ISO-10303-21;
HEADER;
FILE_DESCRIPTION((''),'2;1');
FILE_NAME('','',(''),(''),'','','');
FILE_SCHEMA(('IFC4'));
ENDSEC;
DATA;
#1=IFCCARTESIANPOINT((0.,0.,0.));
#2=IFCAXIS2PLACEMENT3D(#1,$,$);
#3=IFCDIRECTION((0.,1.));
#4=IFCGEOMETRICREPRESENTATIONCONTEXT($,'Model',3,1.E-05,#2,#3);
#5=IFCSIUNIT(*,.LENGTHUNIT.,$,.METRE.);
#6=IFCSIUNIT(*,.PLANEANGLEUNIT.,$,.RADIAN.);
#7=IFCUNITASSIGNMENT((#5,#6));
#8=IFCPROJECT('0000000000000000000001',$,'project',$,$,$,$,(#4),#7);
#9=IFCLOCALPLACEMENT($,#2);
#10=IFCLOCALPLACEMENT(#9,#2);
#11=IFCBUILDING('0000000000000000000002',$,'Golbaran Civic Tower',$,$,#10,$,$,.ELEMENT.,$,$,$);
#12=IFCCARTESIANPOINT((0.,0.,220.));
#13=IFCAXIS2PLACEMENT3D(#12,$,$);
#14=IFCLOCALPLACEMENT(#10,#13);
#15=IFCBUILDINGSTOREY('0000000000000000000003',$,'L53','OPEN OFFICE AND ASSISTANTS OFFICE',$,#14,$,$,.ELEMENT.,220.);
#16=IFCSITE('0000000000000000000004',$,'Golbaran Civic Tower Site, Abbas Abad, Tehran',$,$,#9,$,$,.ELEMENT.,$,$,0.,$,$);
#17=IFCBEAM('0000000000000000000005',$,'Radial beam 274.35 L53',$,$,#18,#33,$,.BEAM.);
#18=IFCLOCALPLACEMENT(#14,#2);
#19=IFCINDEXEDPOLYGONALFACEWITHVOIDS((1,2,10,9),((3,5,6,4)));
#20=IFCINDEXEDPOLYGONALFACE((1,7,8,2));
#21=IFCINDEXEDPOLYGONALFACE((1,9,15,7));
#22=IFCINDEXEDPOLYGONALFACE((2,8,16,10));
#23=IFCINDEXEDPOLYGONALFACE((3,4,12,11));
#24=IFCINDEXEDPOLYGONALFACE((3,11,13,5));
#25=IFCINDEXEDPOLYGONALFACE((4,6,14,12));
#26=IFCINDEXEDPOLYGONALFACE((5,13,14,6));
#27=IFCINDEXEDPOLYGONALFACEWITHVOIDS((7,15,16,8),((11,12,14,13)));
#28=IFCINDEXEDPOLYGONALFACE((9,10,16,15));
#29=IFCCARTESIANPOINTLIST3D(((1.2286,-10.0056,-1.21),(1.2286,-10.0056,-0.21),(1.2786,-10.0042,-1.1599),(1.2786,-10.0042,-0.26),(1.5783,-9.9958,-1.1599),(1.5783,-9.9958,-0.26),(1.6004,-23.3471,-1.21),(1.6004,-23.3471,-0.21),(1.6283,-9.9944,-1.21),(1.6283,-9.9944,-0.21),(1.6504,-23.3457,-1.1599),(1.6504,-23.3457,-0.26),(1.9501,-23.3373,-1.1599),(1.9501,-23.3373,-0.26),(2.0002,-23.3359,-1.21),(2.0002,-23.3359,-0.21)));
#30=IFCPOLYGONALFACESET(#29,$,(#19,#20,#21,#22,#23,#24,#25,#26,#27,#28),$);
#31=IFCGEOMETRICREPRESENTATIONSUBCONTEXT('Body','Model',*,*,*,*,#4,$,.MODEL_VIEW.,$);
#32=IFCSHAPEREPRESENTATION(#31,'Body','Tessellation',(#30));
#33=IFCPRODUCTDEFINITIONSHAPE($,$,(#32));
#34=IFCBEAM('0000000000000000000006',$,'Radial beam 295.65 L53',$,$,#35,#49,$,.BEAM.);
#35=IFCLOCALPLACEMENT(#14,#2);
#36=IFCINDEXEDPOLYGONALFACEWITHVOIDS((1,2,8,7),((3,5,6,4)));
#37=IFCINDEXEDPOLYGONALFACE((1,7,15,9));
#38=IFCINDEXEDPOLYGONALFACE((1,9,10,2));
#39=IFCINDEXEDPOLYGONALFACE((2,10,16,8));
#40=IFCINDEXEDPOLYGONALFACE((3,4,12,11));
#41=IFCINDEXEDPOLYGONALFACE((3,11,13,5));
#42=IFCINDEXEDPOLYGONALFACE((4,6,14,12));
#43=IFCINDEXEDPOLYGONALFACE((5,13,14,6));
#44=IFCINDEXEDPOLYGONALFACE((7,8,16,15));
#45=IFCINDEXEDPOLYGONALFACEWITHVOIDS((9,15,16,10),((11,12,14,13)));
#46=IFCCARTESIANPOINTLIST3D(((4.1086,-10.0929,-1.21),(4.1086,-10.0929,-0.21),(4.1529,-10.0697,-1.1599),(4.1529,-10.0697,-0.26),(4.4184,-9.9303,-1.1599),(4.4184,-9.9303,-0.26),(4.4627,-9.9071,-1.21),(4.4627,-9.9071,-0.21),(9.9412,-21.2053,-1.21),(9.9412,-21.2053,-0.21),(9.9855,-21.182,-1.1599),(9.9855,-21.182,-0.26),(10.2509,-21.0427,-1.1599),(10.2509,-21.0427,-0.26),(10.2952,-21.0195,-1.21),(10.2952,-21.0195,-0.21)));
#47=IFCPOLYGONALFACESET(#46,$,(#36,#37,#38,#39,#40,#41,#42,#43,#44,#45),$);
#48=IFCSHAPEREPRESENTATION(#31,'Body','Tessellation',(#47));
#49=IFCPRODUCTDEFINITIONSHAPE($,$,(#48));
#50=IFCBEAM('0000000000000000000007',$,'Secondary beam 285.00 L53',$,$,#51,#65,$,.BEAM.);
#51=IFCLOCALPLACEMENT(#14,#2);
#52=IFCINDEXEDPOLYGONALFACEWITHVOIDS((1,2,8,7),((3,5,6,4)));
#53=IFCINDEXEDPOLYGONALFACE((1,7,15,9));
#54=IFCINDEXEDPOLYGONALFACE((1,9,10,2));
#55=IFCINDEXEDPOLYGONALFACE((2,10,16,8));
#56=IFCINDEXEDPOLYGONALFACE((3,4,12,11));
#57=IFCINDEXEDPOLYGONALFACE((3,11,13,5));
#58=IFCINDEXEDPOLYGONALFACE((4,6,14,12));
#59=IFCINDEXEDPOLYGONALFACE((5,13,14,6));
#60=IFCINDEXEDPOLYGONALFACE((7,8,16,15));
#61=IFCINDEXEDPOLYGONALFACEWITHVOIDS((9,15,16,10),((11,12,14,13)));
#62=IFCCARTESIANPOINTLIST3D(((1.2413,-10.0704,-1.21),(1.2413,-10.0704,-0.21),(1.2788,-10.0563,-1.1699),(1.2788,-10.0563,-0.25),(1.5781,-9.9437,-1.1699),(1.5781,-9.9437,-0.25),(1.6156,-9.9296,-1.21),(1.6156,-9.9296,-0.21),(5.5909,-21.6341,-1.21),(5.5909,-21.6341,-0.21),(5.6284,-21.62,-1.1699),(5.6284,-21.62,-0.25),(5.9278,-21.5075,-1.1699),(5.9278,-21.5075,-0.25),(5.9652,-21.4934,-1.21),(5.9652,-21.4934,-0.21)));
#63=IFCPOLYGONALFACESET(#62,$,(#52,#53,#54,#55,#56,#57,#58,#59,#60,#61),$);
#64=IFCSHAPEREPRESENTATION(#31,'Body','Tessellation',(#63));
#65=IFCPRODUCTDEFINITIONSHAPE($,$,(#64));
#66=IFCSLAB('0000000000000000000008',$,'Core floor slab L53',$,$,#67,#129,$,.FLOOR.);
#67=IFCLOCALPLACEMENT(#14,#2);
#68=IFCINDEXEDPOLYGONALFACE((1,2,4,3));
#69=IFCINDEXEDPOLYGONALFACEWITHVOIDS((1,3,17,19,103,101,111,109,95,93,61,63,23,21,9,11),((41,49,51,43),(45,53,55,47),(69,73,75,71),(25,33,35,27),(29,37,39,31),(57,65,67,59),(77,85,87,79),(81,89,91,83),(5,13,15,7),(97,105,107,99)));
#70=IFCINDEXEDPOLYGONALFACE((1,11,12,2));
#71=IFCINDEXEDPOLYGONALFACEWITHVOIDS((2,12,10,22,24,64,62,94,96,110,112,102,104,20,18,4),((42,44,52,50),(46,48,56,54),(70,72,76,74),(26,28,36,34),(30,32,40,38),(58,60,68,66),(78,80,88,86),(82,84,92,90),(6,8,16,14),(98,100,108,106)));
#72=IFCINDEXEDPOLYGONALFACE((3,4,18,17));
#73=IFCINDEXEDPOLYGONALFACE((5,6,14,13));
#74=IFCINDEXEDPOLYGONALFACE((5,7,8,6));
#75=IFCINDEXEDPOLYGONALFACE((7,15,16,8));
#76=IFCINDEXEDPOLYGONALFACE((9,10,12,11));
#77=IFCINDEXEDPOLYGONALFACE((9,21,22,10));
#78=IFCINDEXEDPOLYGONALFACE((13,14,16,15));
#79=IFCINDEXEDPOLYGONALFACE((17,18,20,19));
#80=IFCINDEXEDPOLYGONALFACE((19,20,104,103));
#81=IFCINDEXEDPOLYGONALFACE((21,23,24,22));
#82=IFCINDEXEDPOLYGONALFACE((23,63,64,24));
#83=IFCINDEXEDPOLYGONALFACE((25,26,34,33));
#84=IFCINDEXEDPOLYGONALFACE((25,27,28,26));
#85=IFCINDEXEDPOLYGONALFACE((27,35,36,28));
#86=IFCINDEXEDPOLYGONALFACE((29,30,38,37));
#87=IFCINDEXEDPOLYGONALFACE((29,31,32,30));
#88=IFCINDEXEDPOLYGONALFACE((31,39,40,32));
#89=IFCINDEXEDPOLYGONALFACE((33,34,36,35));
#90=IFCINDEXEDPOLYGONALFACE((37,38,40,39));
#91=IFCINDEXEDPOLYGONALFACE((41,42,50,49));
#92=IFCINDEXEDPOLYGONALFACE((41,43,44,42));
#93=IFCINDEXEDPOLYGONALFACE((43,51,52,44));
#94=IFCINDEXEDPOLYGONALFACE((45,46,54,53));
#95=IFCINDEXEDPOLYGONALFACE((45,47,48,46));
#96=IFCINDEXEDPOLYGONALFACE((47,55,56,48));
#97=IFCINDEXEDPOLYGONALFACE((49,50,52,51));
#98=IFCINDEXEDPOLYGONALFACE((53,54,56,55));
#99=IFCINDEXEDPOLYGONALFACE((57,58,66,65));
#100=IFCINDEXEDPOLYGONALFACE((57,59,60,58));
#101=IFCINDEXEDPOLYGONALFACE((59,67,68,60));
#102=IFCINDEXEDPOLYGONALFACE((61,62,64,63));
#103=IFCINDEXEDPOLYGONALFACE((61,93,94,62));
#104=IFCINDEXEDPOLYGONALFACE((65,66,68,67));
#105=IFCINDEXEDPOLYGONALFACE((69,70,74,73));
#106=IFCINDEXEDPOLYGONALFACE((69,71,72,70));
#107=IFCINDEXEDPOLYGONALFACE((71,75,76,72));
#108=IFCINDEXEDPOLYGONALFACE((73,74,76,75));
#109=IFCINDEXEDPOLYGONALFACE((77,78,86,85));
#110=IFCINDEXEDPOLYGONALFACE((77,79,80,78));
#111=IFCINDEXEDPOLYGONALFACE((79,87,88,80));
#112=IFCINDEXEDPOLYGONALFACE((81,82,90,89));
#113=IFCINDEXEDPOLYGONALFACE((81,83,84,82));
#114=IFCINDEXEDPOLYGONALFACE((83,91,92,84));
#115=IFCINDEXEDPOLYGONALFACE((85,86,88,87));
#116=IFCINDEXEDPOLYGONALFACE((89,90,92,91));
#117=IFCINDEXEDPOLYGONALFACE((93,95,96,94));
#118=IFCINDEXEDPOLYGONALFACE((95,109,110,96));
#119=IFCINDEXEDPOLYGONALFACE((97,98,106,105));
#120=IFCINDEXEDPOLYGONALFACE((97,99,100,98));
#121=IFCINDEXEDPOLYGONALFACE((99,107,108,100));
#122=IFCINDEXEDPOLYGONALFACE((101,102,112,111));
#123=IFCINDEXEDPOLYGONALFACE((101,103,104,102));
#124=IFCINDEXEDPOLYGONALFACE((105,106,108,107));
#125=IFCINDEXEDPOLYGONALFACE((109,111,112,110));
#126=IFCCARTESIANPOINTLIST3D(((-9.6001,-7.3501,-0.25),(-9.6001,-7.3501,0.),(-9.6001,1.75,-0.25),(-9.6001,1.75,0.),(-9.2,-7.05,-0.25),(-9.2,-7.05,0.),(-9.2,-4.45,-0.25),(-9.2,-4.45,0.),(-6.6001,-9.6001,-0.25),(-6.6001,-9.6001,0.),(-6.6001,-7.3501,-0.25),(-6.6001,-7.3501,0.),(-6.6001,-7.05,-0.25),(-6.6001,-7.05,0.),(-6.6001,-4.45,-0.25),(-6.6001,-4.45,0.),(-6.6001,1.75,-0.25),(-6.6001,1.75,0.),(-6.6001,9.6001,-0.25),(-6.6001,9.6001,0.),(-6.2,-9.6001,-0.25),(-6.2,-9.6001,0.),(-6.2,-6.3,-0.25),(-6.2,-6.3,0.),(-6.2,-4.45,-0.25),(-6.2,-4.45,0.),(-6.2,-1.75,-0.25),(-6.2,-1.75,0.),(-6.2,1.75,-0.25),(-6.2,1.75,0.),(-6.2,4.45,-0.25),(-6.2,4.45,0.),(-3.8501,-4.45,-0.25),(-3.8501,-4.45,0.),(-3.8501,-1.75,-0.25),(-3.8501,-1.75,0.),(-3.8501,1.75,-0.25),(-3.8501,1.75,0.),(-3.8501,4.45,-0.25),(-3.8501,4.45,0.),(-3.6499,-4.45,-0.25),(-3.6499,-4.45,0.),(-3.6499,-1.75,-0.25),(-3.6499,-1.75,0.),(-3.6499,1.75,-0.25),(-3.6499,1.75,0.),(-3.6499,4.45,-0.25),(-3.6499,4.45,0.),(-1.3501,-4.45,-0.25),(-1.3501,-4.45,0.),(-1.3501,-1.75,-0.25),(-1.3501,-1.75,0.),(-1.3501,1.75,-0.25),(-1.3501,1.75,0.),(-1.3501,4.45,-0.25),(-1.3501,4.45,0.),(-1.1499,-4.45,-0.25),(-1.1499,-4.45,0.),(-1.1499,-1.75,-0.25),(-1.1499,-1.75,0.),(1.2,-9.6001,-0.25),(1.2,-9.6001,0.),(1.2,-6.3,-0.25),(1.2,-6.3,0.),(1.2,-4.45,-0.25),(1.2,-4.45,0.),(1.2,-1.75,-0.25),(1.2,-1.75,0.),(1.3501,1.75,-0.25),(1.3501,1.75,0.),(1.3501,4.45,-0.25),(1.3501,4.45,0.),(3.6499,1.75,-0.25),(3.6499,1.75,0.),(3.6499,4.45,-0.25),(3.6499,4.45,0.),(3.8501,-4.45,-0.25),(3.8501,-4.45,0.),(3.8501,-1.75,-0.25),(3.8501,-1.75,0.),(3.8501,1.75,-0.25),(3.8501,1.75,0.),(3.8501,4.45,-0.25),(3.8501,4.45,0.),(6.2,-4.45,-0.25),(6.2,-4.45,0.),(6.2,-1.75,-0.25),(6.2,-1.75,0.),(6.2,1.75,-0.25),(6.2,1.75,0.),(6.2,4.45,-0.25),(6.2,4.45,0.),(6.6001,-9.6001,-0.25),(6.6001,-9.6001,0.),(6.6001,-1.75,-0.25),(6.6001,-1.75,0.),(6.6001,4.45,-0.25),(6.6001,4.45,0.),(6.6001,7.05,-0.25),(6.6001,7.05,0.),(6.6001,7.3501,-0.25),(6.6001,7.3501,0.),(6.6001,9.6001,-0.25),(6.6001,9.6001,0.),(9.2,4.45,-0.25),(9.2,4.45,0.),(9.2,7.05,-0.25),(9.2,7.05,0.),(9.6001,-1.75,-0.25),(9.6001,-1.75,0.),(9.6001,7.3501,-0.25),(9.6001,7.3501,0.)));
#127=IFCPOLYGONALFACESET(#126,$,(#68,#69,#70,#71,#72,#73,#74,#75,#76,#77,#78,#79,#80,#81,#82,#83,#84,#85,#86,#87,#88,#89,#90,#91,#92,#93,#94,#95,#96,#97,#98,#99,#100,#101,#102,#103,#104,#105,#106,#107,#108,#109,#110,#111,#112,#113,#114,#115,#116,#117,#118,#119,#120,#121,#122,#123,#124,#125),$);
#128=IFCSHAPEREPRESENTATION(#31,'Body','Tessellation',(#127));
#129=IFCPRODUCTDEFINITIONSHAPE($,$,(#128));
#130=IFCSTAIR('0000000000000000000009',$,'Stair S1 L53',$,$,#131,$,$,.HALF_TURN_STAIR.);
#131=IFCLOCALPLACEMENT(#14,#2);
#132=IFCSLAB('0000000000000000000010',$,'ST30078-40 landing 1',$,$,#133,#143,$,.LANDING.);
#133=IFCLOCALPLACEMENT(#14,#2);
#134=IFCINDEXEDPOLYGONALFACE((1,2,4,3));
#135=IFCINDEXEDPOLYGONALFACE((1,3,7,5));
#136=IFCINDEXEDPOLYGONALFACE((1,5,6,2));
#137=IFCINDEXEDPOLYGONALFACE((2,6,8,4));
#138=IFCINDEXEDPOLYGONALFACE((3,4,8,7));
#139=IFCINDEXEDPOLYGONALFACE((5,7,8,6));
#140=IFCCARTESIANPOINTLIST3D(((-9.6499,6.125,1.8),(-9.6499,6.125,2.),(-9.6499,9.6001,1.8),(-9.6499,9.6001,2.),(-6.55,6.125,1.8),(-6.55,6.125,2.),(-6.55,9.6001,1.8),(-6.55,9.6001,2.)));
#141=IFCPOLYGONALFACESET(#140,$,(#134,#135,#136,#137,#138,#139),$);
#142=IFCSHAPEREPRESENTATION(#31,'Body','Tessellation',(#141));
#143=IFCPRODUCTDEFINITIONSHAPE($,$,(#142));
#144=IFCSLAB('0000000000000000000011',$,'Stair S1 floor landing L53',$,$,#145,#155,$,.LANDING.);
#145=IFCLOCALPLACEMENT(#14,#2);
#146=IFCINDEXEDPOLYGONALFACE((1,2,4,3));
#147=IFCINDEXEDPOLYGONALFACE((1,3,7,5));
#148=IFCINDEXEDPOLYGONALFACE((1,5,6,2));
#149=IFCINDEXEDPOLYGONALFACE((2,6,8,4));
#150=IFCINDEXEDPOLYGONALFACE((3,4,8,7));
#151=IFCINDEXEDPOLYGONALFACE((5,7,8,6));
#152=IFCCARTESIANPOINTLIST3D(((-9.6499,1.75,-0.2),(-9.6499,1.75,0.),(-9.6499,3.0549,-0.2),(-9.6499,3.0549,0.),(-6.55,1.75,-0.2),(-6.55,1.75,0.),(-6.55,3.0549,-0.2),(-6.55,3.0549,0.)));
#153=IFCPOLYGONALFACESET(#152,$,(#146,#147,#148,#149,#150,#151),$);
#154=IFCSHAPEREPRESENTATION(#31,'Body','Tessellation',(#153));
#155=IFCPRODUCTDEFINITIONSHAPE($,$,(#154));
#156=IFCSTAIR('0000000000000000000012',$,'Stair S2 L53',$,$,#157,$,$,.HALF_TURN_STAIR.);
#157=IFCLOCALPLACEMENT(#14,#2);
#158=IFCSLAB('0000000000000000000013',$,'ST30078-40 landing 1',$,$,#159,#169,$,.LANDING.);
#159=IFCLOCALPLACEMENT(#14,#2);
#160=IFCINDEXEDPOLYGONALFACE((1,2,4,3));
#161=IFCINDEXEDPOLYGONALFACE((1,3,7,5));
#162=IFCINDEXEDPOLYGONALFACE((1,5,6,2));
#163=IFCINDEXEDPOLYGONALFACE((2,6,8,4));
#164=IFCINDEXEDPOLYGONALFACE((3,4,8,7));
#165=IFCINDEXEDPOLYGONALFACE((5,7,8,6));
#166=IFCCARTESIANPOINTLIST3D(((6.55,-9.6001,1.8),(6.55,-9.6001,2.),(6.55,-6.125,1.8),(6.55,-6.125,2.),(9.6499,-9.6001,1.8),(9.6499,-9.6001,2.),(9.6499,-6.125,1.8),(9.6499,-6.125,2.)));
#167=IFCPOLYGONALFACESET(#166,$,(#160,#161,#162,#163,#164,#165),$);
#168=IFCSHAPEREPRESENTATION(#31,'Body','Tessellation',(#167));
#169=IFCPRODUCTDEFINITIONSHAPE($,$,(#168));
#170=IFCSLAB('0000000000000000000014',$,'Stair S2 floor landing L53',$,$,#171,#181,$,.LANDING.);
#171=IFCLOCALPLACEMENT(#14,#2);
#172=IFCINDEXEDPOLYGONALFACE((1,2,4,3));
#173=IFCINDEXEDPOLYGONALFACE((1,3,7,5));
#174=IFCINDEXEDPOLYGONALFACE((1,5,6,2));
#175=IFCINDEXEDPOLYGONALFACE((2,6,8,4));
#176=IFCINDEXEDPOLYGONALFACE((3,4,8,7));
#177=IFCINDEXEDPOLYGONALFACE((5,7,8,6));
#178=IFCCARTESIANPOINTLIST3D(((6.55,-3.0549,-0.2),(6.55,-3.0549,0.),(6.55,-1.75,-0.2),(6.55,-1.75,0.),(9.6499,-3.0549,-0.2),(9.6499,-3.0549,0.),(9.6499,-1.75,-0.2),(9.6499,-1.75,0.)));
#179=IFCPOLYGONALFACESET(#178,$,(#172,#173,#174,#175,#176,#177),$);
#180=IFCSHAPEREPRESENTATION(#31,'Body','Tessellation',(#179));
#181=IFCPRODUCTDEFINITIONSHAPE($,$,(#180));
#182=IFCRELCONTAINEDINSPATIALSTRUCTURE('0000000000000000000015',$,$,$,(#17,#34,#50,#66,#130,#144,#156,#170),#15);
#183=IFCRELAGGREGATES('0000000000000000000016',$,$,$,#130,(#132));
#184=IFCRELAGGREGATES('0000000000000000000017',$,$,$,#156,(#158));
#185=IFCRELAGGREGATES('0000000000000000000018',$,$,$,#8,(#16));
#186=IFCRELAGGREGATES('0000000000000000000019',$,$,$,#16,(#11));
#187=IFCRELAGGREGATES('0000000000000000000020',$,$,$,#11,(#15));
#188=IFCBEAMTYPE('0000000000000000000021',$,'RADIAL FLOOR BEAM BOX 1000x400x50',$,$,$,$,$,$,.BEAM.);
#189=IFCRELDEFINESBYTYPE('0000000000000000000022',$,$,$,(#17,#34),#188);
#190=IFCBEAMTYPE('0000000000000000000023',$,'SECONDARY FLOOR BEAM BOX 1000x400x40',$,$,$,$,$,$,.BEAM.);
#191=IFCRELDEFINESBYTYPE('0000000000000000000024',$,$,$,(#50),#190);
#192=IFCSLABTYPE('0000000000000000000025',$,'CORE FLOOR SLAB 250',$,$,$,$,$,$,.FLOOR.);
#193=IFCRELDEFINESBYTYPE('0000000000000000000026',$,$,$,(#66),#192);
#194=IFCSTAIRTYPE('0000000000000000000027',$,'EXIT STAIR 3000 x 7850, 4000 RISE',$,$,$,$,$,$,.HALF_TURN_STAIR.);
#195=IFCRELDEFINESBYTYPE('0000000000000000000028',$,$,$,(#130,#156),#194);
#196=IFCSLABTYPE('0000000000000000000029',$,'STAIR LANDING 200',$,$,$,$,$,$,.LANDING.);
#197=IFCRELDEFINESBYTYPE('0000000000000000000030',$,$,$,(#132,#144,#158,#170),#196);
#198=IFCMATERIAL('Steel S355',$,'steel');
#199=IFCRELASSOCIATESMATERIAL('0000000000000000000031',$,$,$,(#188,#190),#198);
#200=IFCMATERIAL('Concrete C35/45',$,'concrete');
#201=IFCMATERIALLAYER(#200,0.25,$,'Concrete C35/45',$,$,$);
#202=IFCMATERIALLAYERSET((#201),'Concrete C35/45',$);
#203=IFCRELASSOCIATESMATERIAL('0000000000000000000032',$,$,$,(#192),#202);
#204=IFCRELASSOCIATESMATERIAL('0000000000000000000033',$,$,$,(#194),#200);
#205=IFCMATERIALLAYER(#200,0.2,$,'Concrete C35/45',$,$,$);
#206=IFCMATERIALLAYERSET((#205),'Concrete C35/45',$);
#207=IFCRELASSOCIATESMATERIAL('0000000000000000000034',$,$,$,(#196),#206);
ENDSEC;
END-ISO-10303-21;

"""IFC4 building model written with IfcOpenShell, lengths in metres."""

from ifc_helpers import new_model, si_unit, direction, frame, origin, origin_2d, place, context, subcontext, project, spatial, polyline, hollow_rectangle, outline, extrude, material, layer, layer_set, material_profile, profile_set, type_object, element, aggregate, save


model = new_model("IFC4")

# Units and contexts
model_context = context("Model", 3, precision=1e-05, world=origin(), true_north=direction((0.0, 1.0)))
body_context = subcontext(model_context, "Body", "Model", "MODEL_VIEW")
ifc_project = project(units=[si_unit("LENGTHUNIT", "METRE"), si_unit("PLANEANGLEUNIT", "RADIAN")], contexts=[model_context])

# Site, building, storey
site_placement = place(None, origin())
site = spatial("IfcSite", under=ifc_project, at=site_placement, Name="Golbaran Civic Tower Site, Abbas Abad, Tehran", CompositionType="ELEMENT", RefElevation=0.0)
building_placement = place(site_placement, origin())
building = spatial("IfcBuilding", under=site, at=building_placement, Name="Golbaran Civic Tower", CompositionType="ELEMENT")
storey_placement = place(building_placement, frame((0.0, 0.0, 220.0)))
storey = spatial("IfcBuildingStorey", under=building, at=storey_placement, Name="L53", Description="OPEN OFFICE AND ASSISTANTS OFFICE", CompositionType="ELEMENT", Elevation=220.0)

# Beams
ifc_material_1 = material(Name="Steel S355", Category="steel")
ifc_material_profile_1 = material_profile(ifc_material_1, hollow_rectangle(XDim=0.3999, YDim=1.0, WallThickness=0.05, at=origin_2d()), Name="BOX 1000x400x50")
ifc_profile_set_1 = profile_set([ifc_material_profile_1], Name="Steel S355")
beam_type_1 = type_object("IfcBeamType", Name="RADIAL FLOOR BEAM BOX 1000x400x50", PredefinedType="BEAM", material=ifc_profile_set_1)
beam_1_placement = place(storey_placement, frame((1.4285, -10.0, -0.71), z_axis=(0.027859, -0.999612, 0.0), x_axis=(0.999612, 0.027859, 0.0)))
element("IfcBeam", 1, at=beam_1_placement, inside=storey, type_object=beam_type_1, Name="Radial beam 274.35 L53", PredefinedType="BEAM", context=body_context, shape_type="SweptSolid", body=[
    extrude(hollow_rectangle(XDim=0.3999, YDim=1.0, WallThickness=0.05, at=origin_2d()), origin(), (0.0, 0.0, 1.0), 13.3467),
])
beam_2_placement = place(storey_placement, frame((4.2856, -10.0, -0.71), z_axis=(0.464744, -0.885445, 0.0), x_axis=(0.885445, 0.464744, 0.0)))
element("IfcBeam", 2, at=beam_2_placement, inside=storey, type_object=beam_type_1, Name="Radial beam 295.65 L53", PredefinedType="BEAM", context=body_context, shape_type="SweptSolid", body=[
    extrude(hollow_rectangle(XDim=0.3999, YDim=1.0, WallThickness=0.05, at=origin_2d()), origin(), (0.0, 0.0, 1.0), 12.55),
])
ifc_material_profile_2 = material_profile(ifc_material_1, hollow_rectangle(XDim=0.3999, YDim=1.0, WallThickness=0.04, at=origin_2d()), Name="BOX 1000x400x40")
ifc_profile_set_2 = profile_set([ifc_material_profile_2], Name="Steel S355")
beam_type_2 = type_object("IfcBeamType", Name="SECONDARY FLOOR BEAM BOX 1000x400x40", PredefinedType="BEAM", material=ifc_profile_set_2)
beam_3_placement = place(storey_placement, frame((1.4285, -10.0, -0.71), z_axis=(0.352061, -0.935977, 0.0), x_axis=(0.935977, 0.352061, 0.0)))
element("IfcBeam", 3, at=beam_3_placement, inside=storey, type_object=beam_type_2, Name="Secondary beam 285.00 L53", PredefinedType="BEAM", context=body_context, shape_type="SweptSolid", body=[
    extrude(hollow_rectangle(XDim=0.3999, YDim=1.0, WallThickness=0.04, at=origin_2d()), origin(), (0.0, 0.0, 1.0), 12.3547),
])

# Slab
ifc_material_2 = material(Name="Concrete C35/45", Category="concrete")
ifc_layer_1 = layer(ifc_material_2, 0.25, Name="Concrete C35/45")
ifc_layer_set_1 = layer_set([ifc_layer_1], Name="Concrete C35/45")
slab_type_1 = type_object("IfcSlabType", Name="CORE FLOOR SLAB 250", PredefinedType="FLOOR", material=ifc_layer_set_1)
slab_1_placement = place(storey_placement, frame((0.0, 0.0, -0.25)))
element("IfcSlab", 4, at=slab_1_placement, inside=storey, type_object=slab_type_1, Name="Core floor slab L53", PredefinedType="FLOOR", context=body_context, shape_type="SweptSolid", body=[
    extrude(outline(polyline([(6.6001, -1.75), (6.6001, -9.6001), (1.2, -9.6001), (1.2, -6.3), (-6.2, -6.3), (-6.2, -9.6001), (-6.6001, -9.6001), (-6.6001, -7.3501), (-9.6001, -7.3501), (-9.6001, 1.75), (-6.6001, 1.75), (-6.6001, 9.6001), (6.6001, 9.6001), (6.6001, 7.3501), (9.6001, 7.3501), (9.6001, -1.75), (6.6001, -1.75)]), holes=[polyline([(9.2, 7.05), (6.6001, 7.05), (6.6001, 4.45), (9.2, 4.45), (9.2, 7.05)]), polyline([(6.2, -1.75), (3.8501, -1.75), (3.8501, -4.45), (6.2, -4.45), (6.2, -1.75)]), polyline([(6.2, 4.45), (3.8501, 4.45), (3.8501, 1.75), (6.2, 1.75), (6.2, 4.45)]), polyline([(3.6499, 4.45), (1.3501, 4.45), (1.3501, 1.75), (3.6499, 1.75), (3.6499, 4.45)]), polyline([(1.2, -1.75), (-1.1499, -1.75), (-1.1499, -4.45), (1.2, -4.45), (1.2, -1.75)]), polyline([(-1.3501, 4.45), (-3.6499, 4.45), (-3.6499, 1.75), (-1.3501, 1.75), (-1.3501, 4.45)]), polyline([(-1.3501, -1.75), (-3.6499, -1.75), (-3.6499, -4.45), (-1.3501, -4.45), (-1.3501, -1.75)]), polyline([(-3.8501, -1.75), (-6.2, -1.75), (-6.2, -4.45), (-3.8501, -4.45), (-3.8501, -1.75)]), polyline([(-3.8501, 4.45), (-6.2, 4.45), (-6.2, 1.75), (-3.8501, 1.75), (-3.8501, 4.45)]), polyline([(-6.6001, -4.45), (-9.2, -4.45), (-9.2, -7.05), (-6.6001, -7.05), (-6.6001, -4.45)])]), origin(), (0.0, 0.0, 1.0), 0.25),
])

# Stair, slab
stair_type = type_object("IfcStairType", Name="EXIT STAIR 3000 x 7850, 4000 RISE", PredefinedType="HALF_TURN_STAIR", material=ifc_material_2)
stair_1_placement = place(storey_placement, origin())
stair_1 = element("IfcStair", 5, at=stair_1_placement, inside=storey, type_object=stair_type, Name="Stair S1 L53", PredefinedType="HALF_TURN_STAIR")
ifc_layer_2 = layer(ifc_material_2, 0.2, Name="Concrete C35/45")
ifc_layer_set_2 = layer_set([ifc_layer_2], Name="Concrete C35/45")
slab_type_2 = type_object("IfcSlabType", Name="STAIR LANDING 200", PredefinedType="LANDING", material=ifc_layer_set_2)
slab_2_placement = place(storey_placement, frame((0.0, 0.0, 1.8)))
slab_2 = element("IfcSlab", 6, at=slab_2_placement, type_object=slab_type_2, Name="ST30078-40 landing 1", PredefinedType="LANDING", context=body_context, shape_type="SweptSolid", body=[
    extrude(outline(polyline([(-9.6499, 6.125), (-9.6499, 9.6001), (-6.55, 9.6001), (-6.55, 6.125), (-9.6499, 6.125)])), origin(), (0.0, 0.0, 1.0), 0.2),
])
aggregate(stair_1, [slab_2])

# Slab
slab_3_placement = place(storey_placement, frame((0.0, 0.0, -0.2)))
element("IfcSlab", 7, at=slab_3_placement, inside=storey, type_object=slab_type_2, Name="Stair S1 floor landing L53", PredefinedType="LANDING", context=body_context, shape_type="SweptSolid", body=[
    extrude(outline(polyline([(-9.6499, 1.75), (-9.6499, 3.0549), (-6.55, 3.0549), (-6.55, 1.75), (-9.6499, 1.75)])), origin(), (0.0, 0.0, 1.0), 0.2),
])

# Stair, slab
stair_2_placement = place(storey_placement, origin())
stair_2 = element("IfcStair", 8, at=stair_2_placement, inside=storey, type_object=stair_type, Name="Stair S2 L53", PredefinedType="HALF_TURN_STAIR")
slab_4_placement = place(storey_placement, frame((0.0, 0.0, 1.8)))
slab_4 = element("IfcSlab", 9, at=slab_4_placement, type_object=slab_type_2, Name="ST30078-40 landing 1", PredefinedType="LANDING", context=body_context, shape_type="SweptSolid", body=[
    extrude(outline(polyline([(9.6499, -6.125), (9.6499, -9.6001), (6.55, -9.6001), (6.55, -6.125), (9.6499, -6.125)])), origin(), (0.0, 0.0, 1.0), 0.2),
])
aggregate(stair_2, [slab_4])

# Slab
slab_5_placement = place(storey_placement, frame((0.0, 0.0, -0.2)))
element("IfcSlab", 10, at=slab_5_placement, inside=storey, type_object=slab_type_2, Name="Stair S2 floor landing L53", PredefinedType="LANDING", context=body_context, shape_type="SweptSolid", body=[
    extrude(outline(polyline([(9.6499, -1.75), (9.6499, -3.0549), (6.55, -3.0549), (6.55, -1.75), (9.6499, -1.75)])), origin(), (0.0, 0.0, 1.0), 0.2),
])

save(model, "model.ifc")
